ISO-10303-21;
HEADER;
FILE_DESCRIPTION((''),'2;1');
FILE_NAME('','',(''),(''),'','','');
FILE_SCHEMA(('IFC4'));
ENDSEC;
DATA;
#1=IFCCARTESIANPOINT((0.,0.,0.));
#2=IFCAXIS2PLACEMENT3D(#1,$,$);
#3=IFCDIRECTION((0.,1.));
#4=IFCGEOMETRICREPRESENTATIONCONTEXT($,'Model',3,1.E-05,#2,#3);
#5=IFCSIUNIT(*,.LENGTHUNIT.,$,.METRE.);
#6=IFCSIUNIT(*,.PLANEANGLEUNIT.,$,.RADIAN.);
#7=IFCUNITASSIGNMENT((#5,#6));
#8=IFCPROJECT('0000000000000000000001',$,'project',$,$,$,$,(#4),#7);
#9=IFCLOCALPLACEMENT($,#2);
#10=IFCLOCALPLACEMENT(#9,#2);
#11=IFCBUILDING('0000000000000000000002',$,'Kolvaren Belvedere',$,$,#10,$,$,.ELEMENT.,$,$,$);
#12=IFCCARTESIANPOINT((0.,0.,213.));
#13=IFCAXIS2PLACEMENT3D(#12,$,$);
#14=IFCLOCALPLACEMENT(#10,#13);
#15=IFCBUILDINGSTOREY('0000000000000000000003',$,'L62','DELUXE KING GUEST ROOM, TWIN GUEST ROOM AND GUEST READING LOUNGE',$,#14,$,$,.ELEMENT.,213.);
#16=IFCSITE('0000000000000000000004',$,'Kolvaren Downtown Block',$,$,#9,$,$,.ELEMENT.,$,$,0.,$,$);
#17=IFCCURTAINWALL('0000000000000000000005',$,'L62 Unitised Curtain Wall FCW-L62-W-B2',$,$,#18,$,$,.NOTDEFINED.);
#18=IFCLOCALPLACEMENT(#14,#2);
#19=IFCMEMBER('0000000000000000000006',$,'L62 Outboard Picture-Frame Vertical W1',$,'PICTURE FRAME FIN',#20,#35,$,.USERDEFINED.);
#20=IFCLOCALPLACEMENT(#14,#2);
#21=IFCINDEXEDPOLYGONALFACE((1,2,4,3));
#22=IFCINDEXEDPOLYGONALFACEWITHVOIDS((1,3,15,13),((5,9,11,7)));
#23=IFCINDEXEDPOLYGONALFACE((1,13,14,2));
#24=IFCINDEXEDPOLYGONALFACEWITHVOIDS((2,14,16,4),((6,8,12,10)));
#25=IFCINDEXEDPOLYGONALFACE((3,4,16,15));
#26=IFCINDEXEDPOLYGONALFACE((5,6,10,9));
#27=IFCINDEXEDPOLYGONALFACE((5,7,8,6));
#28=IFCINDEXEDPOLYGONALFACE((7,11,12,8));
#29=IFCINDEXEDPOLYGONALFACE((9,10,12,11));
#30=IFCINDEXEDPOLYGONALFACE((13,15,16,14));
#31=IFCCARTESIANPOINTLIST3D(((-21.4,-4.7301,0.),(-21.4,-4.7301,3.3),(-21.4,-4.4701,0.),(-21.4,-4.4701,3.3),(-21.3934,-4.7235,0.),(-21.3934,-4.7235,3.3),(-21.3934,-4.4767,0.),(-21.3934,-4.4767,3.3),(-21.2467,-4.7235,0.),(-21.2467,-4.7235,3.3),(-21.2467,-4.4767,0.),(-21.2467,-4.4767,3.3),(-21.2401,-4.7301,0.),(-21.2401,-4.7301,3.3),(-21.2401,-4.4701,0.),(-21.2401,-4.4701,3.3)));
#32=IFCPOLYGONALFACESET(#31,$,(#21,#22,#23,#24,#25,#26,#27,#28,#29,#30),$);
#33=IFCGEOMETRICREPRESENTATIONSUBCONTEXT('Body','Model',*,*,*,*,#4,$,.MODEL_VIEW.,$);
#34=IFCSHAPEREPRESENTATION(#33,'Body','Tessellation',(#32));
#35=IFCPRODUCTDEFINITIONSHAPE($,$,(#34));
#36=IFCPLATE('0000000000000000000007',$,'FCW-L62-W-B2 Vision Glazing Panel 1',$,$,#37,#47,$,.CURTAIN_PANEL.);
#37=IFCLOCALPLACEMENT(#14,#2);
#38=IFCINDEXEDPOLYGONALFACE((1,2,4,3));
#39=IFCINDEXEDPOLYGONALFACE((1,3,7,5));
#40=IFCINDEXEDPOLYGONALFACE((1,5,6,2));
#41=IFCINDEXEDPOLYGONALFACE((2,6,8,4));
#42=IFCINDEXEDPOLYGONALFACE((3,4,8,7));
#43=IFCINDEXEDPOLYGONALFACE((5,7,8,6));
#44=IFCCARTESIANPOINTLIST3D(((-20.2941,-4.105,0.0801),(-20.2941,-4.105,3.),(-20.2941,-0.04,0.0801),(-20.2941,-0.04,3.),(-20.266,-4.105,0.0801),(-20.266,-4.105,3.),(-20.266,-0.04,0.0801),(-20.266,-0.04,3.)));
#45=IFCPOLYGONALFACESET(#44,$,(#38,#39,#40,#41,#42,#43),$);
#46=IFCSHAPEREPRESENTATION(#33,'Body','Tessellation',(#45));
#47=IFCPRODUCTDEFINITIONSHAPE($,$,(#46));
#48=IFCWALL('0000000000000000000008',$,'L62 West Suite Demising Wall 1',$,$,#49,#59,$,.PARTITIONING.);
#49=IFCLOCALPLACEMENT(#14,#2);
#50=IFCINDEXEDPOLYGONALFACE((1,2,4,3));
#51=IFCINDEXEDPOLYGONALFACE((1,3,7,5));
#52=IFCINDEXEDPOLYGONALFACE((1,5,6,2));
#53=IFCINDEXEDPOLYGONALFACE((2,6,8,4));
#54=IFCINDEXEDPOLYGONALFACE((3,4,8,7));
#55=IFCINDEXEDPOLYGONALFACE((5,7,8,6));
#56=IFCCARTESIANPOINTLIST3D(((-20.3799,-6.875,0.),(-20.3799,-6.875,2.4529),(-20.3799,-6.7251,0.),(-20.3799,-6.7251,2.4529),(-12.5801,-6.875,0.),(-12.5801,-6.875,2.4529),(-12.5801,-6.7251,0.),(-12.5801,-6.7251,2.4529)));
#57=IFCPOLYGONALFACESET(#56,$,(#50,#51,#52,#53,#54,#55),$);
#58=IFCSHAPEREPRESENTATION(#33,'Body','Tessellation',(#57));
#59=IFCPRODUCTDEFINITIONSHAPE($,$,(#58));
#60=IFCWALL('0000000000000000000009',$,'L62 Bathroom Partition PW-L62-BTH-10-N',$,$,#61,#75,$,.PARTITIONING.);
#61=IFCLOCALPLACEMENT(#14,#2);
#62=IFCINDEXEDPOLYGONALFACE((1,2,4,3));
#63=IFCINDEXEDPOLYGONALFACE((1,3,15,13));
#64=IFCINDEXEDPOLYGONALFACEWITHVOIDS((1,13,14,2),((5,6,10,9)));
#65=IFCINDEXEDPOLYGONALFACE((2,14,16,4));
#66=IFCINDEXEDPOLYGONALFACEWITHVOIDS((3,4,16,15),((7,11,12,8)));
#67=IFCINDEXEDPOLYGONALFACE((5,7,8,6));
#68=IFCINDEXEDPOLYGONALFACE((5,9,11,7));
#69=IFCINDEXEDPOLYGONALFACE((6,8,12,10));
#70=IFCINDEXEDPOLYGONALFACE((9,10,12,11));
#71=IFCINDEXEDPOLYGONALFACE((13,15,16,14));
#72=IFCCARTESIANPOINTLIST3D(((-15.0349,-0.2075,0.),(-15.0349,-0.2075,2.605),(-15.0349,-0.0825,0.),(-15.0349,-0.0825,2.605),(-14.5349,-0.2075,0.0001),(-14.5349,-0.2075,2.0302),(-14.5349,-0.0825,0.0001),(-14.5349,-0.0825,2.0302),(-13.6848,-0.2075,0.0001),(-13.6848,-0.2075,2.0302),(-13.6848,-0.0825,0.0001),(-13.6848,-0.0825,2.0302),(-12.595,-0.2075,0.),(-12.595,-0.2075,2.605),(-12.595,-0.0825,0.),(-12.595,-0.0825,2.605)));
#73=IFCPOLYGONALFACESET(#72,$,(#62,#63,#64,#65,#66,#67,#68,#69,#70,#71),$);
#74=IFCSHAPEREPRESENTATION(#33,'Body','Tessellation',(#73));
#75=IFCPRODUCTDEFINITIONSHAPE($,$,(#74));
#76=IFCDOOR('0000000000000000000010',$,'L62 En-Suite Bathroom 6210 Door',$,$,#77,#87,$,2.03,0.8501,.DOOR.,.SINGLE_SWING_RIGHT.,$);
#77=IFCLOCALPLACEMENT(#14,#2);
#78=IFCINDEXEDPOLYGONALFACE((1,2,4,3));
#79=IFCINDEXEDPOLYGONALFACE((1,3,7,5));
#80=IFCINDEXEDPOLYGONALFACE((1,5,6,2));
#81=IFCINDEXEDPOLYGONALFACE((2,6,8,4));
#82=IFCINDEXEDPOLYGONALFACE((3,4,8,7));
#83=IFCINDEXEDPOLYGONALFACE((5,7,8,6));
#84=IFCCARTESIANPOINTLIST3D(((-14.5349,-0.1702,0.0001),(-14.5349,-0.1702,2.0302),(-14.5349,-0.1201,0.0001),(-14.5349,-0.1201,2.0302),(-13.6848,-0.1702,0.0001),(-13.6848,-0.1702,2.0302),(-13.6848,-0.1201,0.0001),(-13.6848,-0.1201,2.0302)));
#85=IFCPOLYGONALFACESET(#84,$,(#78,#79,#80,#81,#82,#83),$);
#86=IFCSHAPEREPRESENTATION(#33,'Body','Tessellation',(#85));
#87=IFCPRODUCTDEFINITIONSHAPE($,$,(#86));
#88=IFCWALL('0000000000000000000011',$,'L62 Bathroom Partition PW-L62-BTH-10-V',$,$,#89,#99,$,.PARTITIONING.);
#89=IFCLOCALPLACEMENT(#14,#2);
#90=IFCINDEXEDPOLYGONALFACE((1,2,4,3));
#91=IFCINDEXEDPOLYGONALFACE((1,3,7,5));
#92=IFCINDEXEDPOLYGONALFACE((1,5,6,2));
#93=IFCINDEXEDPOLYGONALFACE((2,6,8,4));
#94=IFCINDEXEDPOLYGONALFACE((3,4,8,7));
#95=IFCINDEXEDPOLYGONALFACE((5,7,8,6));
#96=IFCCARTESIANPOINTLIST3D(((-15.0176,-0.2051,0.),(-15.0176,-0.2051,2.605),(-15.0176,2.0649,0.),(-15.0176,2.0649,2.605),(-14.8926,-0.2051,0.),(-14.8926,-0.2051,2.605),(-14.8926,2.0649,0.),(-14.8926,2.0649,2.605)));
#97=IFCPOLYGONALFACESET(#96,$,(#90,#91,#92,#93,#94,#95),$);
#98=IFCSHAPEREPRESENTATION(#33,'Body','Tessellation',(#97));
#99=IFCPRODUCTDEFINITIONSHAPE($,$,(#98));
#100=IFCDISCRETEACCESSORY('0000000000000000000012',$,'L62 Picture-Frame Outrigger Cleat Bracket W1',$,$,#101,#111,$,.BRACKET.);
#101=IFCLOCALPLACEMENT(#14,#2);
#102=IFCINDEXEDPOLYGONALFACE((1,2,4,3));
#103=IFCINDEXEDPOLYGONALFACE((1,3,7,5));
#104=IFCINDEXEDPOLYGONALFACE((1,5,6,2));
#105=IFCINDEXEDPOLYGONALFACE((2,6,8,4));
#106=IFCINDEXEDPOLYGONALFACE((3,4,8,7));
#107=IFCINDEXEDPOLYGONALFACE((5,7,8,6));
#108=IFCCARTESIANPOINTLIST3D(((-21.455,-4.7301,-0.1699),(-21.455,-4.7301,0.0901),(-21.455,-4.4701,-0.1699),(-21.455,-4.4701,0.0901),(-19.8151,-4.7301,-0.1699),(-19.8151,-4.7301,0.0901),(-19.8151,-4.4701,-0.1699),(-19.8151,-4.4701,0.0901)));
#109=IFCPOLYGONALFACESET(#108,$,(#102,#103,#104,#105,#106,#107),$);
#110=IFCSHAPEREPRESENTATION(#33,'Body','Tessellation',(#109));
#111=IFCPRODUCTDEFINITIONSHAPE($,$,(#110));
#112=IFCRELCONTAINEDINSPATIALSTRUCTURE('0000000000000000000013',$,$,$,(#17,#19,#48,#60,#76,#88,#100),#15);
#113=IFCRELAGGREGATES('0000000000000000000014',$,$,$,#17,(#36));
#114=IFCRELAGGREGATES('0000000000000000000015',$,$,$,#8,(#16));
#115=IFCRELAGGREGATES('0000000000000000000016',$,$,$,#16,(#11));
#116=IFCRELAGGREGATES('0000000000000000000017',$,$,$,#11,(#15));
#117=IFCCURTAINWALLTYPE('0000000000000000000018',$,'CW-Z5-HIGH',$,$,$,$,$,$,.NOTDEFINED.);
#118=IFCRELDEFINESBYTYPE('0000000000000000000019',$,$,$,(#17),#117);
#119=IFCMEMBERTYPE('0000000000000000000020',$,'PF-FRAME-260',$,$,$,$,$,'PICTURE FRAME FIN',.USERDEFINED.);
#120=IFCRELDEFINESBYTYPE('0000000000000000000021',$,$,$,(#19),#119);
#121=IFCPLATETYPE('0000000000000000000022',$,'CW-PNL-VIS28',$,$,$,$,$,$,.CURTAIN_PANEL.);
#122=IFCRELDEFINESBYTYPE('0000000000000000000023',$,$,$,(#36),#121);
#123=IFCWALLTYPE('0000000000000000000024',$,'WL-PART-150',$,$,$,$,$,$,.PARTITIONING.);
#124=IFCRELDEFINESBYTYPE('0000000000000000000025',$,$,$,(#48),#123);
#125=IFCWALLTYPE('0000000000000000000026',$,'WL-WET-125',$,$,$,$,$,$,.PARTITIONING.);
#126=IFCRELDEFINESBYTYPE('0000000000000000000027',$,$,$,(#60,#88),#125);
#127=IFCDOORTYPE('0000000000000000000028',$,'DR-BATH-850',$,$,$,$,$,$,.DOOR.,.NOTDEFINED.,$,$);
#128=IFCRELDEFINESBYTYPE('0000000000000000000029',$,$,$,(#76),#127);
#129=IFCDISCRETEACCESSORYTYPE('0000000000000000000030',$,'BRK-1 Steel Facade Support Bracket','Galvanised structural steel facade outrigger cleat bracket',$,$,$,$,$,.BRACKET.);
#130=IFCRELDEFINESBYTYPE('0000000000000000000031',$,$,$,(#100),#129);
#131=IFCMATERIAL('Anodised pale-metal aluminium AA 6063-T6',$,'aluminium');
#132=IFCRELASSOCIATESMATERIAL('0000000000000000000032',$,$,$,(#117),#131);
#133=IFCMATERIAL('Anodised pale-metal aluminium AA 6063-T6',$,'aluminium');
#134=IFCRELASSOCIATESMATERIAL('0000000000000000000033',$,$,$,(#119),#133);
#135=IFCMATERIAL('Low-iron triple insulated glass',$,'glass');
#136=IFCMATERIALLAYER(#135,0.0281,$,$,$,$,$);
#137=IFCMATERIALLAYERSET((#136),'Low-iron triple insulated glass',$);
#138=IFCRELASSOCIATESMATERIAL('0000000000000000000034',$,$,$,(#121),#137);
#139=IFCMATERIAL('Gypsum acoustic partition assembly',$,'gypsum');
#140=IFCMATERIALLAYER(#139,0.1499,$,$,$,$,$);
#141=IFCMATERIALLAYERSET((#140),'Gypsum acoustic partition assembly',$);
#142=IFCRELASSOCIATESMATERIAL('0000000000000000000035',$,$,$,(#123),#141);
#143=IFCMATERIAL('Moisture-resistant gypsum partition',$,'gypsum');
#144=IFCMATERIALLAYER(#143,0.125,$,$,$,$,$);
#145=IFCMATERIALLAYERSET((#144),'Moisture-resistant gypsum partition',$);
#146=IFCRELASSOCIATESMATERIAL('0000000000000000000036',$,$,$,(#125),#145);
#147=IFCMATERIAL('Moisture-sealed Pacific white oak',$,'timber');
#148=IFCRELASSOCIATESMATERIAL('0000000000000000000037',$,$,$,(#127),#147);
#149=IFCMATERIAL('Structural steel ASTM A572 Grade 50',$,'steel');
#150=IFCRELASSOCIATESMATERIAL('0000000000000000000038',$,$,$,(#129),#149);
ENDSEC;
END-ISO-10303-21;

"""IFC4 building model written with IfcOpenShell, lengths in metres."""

from ifc_helpers import new_model, si_unit, direction, frame, frame_2d, origin, origin_2d, place, context, subcontext, project, spatial, rectangle, hollow_rectangle, extrude, material, layer, layer_set, material_profile, profile_set, type_object, element, fill, aggregate, save


model = new_model("IFC4")

# Units and contexts
model_context = context("Model", 3, precision=1e-05, world=origin(), true_north=direction((0.0, 1.0)))
body_context = subcontext(model_context, "Body", "Model", "MODEL_VIEW")
ifc_project = project(units=[si_unit("LENGTHUNIT", "METRE"), si_unit("PLANEANGLEUNIT", "RADIAN")], contexts=[model_context])

# Site, building, storey
site_placement = place(None, origin())
site = spatial("IfcSite", under=ifc_project, at=site_placement, Name="Kolvaren Downtown Block", CompositionType="ELEMENT", RefElevation=0.0)
building_placement = place(site_placement, origin())
building = spatial("IfcBuilding", under=site, at=building_placement, Name="Kolvaren Belvedere", CompositionType="ELEMENT")
storey_placement = place(building_placement, frame((0.0, 0.0, 213.0)))
storey = spatial("IfcBuildingStorey", under=building, at=storey_placement, Name="L62", Description="DELUXE KING GUEST ROOM, TWIN GUEST ROOM AND GUEST READING LOUNGE", CompositionType="ELEMENT", Elevation=213.0)

# Shared definitions
ifc_material_1 = material(Name="Anodised pale-metal aluminium AA 6063-T6", Category="aluminium")
curtain_wall_type = type_object("IfcCurtainWallType", Name="CW-Z5-HIGH", PredefinedType="NOTDEFINED", material=ifc_material_1)

# Curtain wall
curtain_wall_1_placement = place(storey_placement, origin())
curtain_wall_1 = element("IfcCurtainWall", 1, at=curtain_wall_1_placement, inside=storey, type_object=curtain_wall_type, Name="L62 Unitised Curtain Wall FCW-L62-W-B2", PredefinedType="NOTDEFINED")

# Member
ifc_material_2 = material(Name="Anodised pale-metal aluminium AA 6063-T6", Category="aluminium")
ifc_material_profile_1 = material_profile(ifc_material_2, hollow_rectangle(XDim=0.1599, YDim=0.26, WallThickness=0.0066, at=origin_2d()), Name="ALU-PF-260X160")
ifc_profile_set_1 = profile_set([ifc_material_profile_1], Name="Anodised pale-metal aluminium AA 6063-T6")
member_type_1 = type_object("IfcMemberType", Name="PF-FRAME-260", ElementType="PICTURE FRAME FIN", PredefinedType="USERDEFINED", material=ifc_profile_set_1)
member_1_placement = place(storey_placement, frame((-21.3201, -4.6001, 0.0), z_axis=(0.0, 0.0, 1.0), x_axis=(1.0, 0.0, 0.0)))
element("IfcMember", 2, at=member_1_placement, inside=storey, type_object=member_type_1, Name="L62 Outboard Picture-Frame Vertical W1", ObjectType="PICTURE FRAME FIN", PredefinedType="USERDEFINED", context=body_context, shape_type="SweptSolid", body=[
    extrude(hollow_rectangle(XDim=0.1599, YDim=0.26, WallThickness=0.0066, at=origin_2d()), origin(), (0.0, 0.0, 1.0), 3.3),
])

# Plate
ifc_material_3 = material(Name="Low-iron triple insulated glass", Category="glass")
ifc_layer_1 = layer(ifc_material_3, 0.0281)
ifc_layer_set_1 = layer_set([ifc_layer_1], Name="Low-iron triple insulated glass")
plate_type = type_object("IfcPlateType", Name="CW-PNL-VIS28", PredefinedType="CURTAIN_PANEL", material=ifc_layer_set_1)
plate_placement = place(storey_placement, frame((-20.28, -2.0725, 0.0801), z_axis=(0.0, 0.0, 1.0), x_axis=(0.0, 1.0, 0.0)))
plate = element("IfcPlate", 3, at=plate_placement, type_object=plate_type, Name="FCW-L62-W-B2 Vision Glazing Panel 1", PredefinedType="CURTAIN_PANEL", context=body_context, shape_type="SweptSolid", body=[
    extrude(rectangle(XDim=4.0649, YDim=0.0281, at=origin_2d()), origin(), (0.0, 0.0, 1.0), 2.9199),
])
aggregate(curtain_wall_1, [plate])

# Wall
ifc_material_4 = material(Name="Gypsum acoustic partition assembly", Category="gypsum")
ifc_layer_2 = layer(ifc_material_4, 0.1499)
ifc_layer_set_2 = layer_set([ifc_layer_2], Name="Gypsum acoustic partition assembly")
wall_type_1 = type_object("IfcWallType", Name="WL-PART-150", PredefinedType="PARTITIONING", material=ifc_layer_set_2)
wall_1_placement = place(storey_placement, frame((-20.3799, -6.8, 0.0), z_axis=(0.0, 0.0, 1.0), x_axis=(1.0, 0.0, 0.0)))
element("IfcWall", 4, at=wall_1_placement, inside=storey, type_object=wall_type_1, Name="L62 West Suite Demising Wall 1", PredefinedType="PARTITIONING", context=body_context, shape_type="SweptSolid", body=[
    extrude(rectangle(XDim=7.7998, YDim=0.1499, at=frame_2d((3.8999, 0.0))), origin(), (0.0, 0.0, 1.0), 2.4529),
])

# Wall, opening, door
ifc_material_5 = material(Name="Moisture-resistant gypsum partition", Category="gypsum")
ifc_layer_3 = layer(ifc_material_5, 0.125)
ifc_layer_set_3 = layer_set([ifc_layer_3], Name="Moisture-resistant gypsum partition")
wall_type_2 = type_object("IfcWallType", Name="WL-WET-125", PredefinedType="PARTITIONING", material=ifc_layer_set_3)
wall_2_placement = place(storey_placement, frame((-15.0349, -0.145, 0.0), z_axis=(0.0, 0.0, 1.0), x_axis=(1.0, 0.0, 0.0)))
wall_2 = element("IfcWall", 5, at=wall_2_placement, inside=storey, type_object=wall_type_2, Name="L62 Bathroom Partition PW-L62-BTH-10-N", PredefinedType="PARTITIONING", context=body_context, shape_type="SweptSolid", body=[
    extrude(rectangle(XDim=2.4399, YDim=0.125, at=frame_2d((1.22, 0.0))), origin(), (0.0, 0.0, 1.0), 2.605),
])
opening_placement = place(wall_2_placement, frame((0.5, 0.0, 0.0)))
opening = element("IfcOpeningElement", 6, at=opening_placement, cuts=wall_2, PredefinedType="OPENING", context=body_context, shape_type="SweptSolid", body=[
    extrude(rectangle(XDim=0.8501, YDim=2.03, at=frame_2d((0.425, 1.0151))), frame((0.0, 0.0725, 0.0), z_axis=(0.0, -1.0, 0.0), x_axis=(1.0, 0.0, 0.0)), (0.0, 0.0, 1.0), 0.145),
])
ifc_material_6 = material(Name="Moisture-sealed Pacific white oak", Category="timber")
door_type = type_object("IfcDoorType", Name="DR-BATH-850", OperationType="NOTDEFINED", PredefinedType="DOOR", material=ifc_material_6)
door_placement = place(opening_placement, origin())
door = element("IfcDoor", 7, at=door_placement, inside=storey, type_object=door_type, Name="L62 En-Suite Bathroom 6210 Door", OperationType="SINGLE_SWING_RIGHT", OverallHeight=2.03, OverallWidth=0.8501, PredefinedType="DOOR", context=body_context, shape_type="SweptSolid", body=[
    extrude(rectangle(XDim=0.8501, YDim=2.03, at=frame_2d((0.425, 1.0151))), frame((0.0, 0.0249, 0.0), z_axis=(0.0, -1.0, 0.0), x_axis=(1.0, 0.0, 0.0)), (0.0, 0.0, 1.0), 0.05),
])
fill(opening, door)

# Wall
wall_3_placement = place(storey_placement, frame((-14.9551, -0.2051, 0.0), z_axis=(0.0, 0.0, 1.0), x_axis=(0.0, 1.0, 0.0)))
element("IfcWall", 8, at=wall_3_placement, inside=storey, type_object=wall_type_2, Name="L62 Bathroom Partition PW-L62-BTH-10-V", PredefinedType="PARTITIONING", context=body_context, shape_type="SweptSolid", body=[
    extrude(rectangle(XDim=2.27, YDim=0.125, at=frame_2d((1.135, 0.0))), origin(), (0.0, 0.0, 1.0), 2.605),
])

# Discrete accessory
ifc_material_7 = material(Name="Structural steel ASTM A572 Grade 50", Category="steel")
discrete_accessory_type = type_object("IfcDiscreteAccessoryType", Name="BRK-1 Steel Facade Support Bracket", Description="Galvanised structural steel facade outrigger cleat bracket", PredefinedType="BRACKET", material=ifc_material_7)
discrete_accessory_placement = place(storey_placement, frame((-20.635, -4.6001, -0.1699), z_axis=(0.0, 0.0, 1.0), x_axis=(1.0, 0.0, 0.0)))
element("IfcDiscreteAccessory", 9, at=discrete_accessory_placement, inside=storey, type_object=discrete_accessory_type, Name="L62 Picture-Frame Outrigger Cleat Bracket W1", PredefinedType="BRACKET", context=body_context, shape_type="SweptSolid", body=[
    extrude(rectangle(XDim=1.6399, YDim=0.26, at=origin_2d()), origin(), (0.0, 0.0, 1.0), 0.26),
])

save(model, "model.ifc")
